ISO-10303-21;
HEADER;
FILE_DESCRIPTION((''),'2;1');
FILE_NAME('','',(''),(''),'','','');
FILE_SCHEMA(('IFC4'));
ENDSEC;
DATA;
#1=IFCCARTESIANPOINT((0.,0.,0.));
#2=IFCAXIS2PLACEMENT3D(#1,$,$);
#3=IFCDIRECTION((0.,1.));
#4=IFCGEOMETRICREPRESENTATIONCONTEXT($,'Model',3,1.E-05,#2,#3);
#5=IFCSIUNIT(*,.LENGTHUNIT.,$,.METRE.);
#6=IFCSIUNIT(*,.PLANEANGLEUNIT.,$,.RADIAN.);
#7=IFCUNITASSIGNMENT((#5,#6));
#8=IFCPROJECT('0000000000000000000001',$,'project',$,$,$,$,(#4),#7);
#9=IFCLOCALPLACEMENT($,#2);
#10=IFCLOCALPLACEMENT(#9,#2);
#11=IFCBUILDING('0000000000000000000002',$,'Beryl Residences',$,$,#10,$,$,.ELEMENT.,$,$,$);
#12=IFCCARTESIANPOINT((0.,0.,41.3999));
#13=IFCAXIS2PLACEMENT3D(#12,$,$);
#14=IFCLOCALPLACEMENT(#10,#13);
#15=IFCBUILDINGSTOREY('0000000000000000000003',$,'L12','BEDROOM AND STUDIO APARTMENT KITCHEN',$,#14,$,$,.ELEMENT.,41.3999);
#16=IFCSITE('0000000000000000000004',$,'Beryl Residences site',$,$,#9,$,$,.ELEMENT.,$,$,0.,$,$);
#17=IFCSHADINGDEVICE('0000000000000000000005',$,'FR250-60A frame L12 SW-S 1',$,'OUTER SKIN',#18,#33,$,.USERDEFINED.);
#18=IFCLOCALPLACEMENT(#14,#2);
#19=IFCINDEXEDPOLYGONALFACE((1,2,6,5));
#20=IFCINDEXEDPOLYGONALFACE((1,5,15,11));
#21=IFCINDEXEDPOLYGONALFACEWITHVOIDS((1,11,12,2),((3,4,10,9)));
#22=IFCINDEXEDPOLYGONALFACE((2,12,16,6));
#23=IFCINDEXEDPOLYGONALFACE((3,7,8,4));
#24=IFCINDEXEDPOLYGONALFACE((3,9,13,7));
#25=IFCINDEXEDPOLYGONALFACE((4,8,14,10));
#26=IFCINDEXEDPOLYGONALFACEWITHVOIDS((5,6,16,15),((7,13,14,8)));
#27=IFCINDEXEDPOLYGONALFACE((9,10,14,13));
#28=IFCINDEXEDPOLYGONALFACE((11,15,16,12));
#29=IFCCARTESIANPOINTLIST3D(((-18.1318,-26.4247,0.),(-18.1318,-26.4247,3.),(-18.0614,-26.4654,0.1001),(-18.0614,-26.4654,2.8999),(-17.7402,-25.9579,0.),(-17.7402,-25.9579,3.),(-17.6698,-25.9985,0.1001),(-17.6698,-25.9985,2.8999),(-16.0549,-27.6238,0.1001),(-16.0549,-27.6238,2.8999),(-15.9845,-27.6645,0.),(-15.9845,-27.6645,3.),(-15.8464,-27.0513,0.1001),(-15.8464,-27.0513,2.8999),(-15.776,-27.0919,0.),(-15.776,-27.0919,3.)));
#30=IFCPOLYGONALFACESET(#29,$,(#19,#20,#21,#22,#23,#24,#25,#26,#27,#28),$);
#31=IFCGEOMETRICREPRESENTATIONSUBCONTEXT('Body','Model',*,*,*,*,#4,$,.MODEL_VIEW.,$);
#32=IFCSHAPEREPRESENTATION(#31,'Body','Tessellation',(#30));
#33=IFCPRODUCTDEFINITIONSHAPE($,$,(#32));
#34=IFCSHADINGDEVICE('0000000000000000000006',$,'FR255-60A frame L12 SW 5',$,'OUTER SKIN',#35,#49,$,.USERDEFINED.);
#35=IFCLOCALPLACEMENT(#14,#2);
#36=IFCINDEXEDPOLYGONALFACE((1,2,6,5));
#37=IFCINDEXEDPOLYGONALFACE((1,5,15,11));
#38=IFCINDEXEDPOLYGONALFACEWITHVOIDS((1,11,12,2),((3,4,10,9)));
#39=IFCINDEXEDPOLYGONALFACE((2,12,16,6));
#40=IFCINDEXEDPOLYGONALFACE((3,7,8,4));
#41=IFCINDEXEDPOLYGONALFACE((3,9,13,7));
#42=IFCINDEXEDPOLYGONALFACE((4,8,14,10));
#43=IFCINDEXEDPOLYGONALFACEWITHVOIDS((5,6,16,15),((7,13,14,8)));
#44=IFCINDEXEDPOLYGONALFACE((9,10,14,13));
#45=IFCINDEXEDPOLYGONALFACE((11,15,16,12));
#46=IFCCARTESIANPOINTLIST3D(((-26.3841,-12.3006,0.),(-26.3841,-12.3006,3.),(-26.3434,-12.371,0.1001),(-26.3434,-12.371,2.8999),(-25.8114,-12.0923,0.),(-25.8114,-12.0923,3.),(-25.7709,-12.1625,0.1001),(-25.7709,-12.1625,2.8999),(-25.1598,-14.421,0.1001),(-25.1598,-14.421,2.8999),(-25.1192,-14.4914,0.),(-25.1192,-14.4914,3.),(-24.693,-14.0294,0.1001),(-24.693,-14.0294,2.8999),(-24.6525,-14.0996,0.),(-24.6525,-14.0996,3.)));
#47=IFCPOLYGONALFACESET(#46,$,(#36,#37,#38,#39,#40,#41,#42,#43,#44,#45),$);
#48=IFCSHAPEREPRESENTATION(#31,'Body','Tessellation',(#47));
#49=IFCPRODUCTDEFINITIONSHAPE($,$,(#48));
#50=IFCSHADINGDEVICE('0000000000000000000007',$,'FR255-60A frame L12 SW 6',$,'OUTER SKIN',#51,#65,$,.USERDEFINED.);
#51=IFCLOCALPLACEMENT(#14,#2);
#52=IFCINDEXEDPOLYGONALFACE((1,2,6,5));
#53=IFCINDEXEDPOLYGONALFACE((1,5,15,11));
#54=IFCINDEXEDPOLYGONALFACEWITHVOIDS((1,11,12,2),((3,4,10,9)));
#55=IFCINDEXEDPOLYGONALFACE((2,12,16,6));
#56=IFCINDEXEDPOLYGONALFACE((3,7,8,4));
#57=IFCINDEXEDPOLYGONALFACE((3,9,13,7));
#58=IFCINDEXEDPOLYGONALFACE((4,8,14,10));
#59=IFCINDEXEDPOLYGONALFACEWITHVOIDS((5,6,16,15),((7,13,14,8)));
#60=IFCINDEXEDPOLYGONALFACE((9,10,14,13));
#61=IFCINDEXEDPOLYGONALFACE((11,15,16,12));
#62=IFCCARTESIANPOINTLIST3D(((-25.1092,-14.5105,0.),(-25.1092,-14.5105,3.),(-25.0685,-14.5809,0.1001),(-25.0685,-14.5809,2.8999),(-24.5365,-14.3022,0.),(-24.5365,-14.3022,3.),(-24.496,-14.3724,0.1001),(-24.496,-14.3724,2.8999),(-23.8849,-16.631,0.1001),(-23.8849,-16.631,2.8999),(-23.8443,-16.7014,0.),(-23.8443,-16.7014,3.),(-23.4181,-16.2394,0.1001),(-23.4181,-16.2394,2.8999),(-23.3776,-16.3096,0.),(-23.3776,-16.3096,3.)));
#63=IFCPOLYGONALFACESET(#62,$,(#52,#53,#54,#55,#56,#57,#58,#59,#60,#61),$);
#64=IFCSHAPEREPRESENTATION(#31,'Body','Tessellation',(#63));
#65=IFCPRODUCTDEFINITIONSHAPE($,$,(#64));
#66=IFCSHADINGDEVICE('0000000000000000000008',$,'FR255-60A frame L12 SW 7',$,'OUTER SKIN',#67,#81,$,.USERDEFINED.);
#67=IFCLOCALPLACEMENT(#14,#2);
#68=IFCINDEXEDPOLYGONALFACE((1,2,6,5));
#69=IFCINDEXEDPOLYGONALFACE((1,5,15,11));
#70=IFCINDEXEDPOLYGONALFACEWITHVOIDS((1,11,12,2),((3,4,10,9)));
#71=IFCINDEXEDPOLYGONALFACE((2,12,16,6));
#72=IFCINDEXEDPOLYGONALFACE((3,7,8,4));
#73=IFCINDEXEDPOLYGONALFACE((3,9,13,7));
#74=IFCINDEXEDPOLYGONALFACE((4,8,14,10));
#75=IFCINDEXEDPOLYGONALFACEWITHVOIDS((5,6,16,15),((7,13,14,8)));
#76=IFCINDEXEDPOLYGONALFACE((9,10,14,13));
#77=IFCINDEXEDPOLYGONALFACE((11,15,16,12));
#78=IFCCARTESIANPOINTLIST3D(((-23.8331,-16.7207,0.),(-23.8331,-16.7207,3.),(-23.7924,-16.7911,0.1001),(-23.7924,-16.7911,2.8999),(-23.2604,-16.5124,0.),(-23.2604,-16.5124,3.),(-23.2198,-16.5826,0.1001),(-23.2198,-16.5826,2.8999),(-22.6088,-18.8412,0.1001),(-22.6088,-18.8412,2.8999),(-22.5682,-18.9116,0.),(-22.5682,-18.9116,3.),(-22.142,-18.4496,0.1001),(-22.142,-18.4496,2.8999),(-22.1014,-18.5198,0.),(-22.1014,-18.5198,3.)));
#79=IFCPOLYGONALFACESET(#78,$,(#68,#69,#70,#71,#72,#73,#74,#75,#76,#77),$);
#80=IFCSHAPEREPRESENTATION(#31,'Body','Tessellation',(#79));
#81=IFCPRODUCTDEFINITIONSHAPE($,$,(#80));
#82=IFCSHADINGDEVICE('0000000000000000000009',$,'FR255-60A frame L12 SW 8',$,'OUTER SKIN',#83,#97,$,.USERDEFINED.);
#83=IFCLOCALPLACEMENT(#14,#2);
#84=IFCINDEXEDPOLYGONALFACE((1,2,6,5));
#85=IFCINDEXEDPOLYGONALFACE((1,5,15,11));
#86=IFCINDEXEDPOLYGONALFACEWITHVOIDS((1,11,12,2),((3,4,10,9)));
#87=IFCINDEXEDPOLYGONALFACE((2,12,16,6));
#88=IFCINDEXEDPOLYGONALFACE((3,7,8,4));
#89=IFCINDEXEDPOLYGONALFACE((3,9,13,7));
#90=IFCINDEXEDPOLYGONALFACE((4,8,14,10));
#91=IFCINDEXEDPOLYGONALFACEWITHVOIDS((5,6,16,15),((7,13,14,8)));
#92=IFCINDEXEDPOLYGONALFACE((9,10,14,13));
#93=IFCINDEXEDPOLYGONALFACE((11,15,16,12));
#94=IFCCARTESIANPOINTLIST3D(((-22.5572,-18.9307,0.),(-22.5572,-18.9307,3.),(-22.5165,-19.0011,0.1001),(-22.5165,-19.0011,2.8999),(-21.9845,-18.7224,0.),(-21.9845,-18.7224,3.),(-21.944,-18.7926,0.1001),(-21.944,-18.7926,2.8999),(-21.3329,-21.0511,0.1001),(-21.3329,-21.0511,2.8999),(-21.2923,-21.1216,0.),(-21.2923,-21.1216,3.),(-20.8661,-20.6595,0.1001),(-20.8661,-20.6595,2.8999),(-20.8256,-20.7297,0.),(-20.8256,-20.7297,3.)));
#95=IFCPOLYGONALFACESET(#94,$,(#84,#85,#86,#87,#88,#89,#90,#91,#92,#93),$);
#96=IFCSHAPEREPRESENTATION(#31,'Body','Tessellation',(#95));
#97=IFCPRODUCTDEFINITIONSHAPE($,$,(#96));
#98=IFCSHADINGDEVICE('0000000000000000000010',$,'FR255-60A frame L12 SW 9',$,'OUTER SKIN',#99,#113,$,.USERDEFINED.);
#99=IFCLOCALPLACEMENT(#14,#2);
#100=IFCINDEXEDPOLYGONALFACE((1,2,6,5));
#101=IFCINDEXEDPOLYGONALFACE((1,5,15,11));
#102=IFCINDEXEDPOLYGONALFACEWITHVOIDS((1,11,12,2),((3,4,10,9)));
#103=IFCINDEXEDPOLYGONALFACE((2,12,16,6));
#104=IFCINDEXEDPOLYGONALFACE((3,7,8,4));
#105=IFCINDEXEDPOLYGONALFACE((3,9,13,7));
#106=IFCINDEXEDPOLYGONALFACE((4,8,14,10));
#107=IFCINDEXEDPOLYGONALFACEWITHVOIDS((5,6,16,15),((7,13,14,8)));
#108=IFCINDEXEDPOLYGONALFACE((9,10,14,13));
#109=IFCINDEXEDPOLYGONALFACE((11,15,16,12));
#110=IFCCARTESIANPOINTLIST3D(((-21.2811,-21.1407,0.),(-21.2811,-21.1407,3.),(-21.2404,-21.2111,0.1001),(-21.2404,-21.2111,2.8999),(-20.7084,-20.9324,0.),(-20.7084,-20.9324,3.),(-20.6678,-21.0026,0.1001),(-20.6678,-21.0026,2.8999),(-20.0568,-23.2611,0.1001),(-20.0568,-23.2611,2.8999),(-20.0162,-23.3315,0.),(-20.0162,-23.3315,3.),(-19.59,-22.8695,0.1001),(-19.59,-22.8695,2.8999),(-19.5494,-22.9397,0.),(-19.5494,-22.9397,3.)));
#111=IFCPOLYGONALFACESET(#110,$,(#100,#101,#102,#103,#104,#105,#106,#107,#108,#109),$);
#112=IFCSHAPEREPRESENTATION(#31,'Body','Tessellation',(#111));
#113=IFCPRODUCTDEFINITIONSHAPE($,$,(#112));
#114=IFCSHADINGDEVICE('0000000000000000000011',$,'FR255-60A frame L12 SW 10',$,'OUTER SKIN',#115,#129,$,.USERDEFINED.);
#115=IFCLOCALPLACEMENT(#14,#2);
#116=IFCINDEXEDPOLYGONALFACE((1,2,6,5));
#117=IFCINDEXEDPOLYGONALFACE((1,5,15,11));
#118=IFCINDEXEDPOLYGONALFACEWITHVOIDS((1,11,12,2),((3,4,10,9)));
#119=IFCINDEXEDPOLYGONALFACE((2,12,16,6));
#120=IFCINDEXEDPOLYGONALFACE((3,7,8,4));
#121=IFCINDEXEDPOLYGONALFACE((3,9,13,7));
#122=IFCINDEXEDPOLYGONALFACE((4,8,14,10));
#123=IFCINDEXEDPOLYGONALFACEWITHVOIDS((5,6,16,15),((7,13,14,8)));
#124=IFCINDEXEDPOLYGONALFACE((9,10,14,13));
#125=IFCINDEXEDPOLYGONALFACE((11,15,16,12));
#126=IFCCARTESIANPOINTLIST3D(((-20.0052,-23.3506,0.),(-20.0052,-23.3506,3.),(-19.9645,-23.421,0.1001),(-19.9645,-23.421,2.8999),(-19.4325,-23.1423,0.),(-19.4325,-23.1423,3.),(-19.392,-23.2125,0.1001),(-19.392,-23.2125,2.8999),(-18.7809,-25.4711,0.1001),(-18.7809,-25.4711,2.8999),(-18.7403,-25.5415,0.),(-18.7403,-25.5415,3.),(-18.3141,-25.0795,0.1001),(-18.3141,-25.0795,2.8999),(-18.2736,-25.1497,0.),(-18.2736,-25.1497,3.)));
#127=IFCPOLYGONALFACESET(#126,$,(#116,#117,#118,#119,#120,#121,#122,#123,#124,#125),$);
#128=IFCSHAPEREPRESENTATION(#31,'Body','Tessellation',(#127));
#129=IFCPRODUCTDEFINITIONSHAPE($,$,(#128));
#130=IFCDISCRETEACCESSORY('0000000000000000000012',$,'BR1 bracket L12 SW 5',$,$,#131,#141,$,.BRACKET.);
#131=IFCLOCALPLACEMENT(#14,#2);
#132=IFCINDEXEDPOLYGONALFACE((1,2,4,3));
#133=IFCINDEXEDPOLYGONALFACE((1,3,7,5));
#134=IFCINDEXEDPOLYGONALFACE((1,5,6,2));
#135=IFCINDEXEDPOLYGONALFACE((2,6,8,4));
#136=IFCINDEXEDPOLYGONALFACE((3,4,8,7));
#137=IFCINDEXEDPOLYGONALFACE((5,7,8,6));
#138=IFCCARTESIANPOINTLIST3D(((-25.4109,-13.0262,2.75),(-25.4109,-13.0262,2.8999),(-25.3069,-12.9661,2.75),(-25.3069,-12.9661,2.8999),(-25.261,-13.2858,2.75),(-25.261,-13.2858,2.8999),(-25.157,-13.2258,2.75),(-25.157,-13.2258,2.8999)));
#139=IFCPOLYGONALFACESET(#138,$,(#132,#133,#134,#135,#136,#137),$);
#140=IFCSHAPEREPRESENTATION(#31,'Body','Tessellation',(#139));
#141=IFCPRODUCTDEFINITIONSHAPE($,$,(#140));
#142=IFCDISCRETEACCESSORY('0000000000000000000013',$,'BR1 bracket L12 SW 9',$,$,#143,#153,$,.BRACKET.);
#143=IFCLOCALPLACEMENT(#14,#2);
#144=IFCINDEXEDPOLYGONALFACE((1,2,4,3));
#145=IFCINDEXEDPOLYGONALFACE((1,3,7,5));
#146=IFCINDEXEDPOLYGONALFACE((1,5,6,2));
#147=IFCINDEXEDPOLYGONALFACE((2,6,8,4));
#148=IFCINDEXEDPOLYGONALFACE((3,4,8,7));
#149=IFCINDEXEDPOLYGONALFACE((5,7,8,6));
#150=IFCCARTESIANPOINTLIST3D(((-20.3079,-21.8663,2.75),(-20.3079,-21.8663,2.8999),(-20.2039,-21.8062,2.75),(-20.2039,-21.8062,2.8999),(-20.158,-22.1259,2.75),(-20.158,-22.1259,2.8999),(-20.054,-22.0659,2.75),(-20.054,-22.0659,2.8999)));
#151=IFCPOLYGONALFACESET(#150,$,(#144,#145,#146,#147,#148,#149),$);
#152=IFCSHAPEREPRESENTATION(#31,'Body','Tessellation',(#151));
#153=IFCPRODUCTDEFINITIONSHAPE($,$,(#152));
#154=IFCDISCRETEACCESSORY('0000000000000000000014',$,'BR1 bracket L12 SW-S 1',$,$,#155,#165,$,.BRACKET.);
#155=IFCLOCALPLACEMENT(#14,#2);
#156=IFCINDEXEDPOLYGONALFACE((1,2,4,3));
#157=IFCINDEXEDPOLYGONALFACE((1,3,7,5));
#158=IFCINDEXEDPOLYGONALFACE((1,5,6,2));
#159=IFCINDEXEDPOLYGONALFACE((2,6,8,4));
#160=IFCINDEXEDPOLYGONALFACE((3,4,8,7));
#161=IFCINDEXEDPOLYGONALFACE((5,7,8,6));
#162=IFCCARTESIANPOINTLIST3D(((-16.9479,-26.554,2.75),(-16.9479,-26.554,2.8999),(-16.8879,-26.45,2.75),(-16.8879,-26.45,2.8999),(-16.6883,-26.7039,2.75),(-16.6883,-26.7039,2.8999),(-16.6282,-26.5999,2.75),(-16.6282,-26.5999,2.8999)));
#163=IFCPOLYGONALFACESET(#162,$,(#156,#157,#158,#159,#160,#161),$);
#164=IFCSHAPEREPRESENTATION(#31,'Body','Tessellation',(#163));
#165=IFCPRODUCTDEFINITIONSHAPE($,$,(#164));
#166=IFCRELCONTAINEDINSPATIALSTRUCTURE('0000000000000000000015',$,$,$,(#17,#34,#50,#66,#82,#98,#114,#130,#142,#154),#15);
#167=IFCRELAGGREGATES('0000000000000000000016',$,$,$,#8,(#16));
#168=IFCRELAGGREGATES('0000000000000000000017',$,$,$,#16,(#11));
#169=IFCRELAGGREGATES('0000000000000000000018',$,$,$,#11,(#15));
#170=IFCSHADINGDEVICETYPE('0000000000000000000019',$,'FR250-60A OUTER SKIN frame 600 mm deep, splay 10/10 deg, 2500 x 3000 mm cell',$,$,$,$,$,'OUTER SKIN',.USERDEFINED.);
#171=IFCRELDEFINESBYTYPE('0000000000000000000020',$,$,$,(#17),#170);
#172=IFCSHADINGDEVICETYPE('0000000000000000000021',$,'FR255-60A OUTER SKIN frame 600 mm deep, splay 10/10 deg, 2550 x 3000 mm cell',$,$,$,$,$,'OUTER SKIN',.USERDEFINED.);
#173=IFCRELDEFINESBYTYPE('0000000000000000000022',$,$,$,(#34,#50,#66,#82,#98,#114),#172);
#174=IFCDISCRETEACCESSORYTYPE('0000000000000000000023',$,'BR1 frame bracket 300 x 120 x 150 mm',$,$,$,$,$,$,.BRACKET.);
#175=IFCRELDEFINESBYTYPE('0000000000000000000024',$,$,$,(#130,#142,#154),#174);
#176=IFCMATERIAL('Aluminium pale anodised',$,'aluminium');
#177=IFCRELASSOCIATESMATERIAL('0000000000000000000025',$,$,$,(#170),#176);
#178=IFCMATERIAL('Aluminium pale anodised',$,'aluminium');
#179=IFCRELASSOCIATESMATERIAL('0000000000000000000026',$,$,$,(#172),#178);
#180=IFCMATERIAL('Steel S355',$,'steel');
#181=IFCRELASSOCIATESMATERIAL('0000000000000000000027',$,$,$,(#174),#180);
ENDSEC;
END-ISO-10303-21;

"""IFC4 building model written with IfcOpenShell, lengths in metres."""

from ifc_helpers import new_model, entity, si_unit, direction, frame, origin, place, context, subcontext, project, spatial, polyline, outline, extrude, source, transform, mapped, material, type_object, type_shapes, element, save


model = new_model("IFC4")

# Units and contexts
model_context = context("Model", 3, precision=1e-05, world=origin(), true_north=direction((0.0, 1.0)))
body_context = subcontext(model_context, "Body", "Model", "MODEL_VIEW")
ifc_project = project(units=[si_unit("LENGTHUNIT", "METRE"), si_unit("PLANEANGLEUNIT", "RADIAN")], contexts=[model_context])

# Site, building, storey
site_placement = place(None, origin())
site = spatial("IfcSite", under=ifc_project, at=site_placement, Name="Beryl Residences site", CompositionType="ELEMENT", RefElevation=0.0)
building_placement = place(site_placement, origin())
building = spatial("IfcBuilding", under=site, at=building_placement, Name="Beryl Residences", CompositionType="ELEMENT")
storey_placement = place(building_placement, frame((0.0, 0.0, 41.3999)))
storey = spatial("IfcBuildingStorey", under=building, at=storey_placement, Name="L12", Description="BEDROOM AND STUDIO APARTMENT KITCHEN", CompositionType="ELEMENT", Elevation=41.3999)

# Shading devices
ifc_material_1 = material(Name="Aluminium pale anodised", Category="aluminium")
shading_device_type_1 = type_object("IfcShadingDeviceType", Name="FR250-60A OUTER SKIN frame 600 mm deep, splay 10/10 deg, 2500 x 3000 mm cell", ElementType="OUTER SKIN", PredefinedType="USERDEFINED", material=ifc_material_1)
cartesian_point_1 = entity("IfcCartesianPoint", [-1.134, 0.0])
cartesian_point_2 = entity("IfcCartesianPoint", [-1.0527, 0.1001])
cartesian_point_3 = entity("IfcCartesianPoint", [-1.2397, 0.0])
cartesian_point_4 = entity("IfcCartesianPoint", [-1.1584, 0.1001])
shared_shape_1 = source(origin(), body_context, "Body", "SweptSolid", [
    entity("IfcExtrudedAreaSolidTapered", entity("IfcArbitraryProfileDefWithVoids", "AREA", None, entity("IfcPolyline", [cartesian_point_1, entity("IfcCartesianPoint", [1.134, 0.0]), entity("IfcCartesianPoint", [1.134, 3.0]), entity("IfcCartesianPoint", [-1.134, 3.0]), cartesian_point_1]), [entity("IfcPolyline", [cartesian_point_2, entity("IfcCartesianPoint", [1.0527, 0.1001]), entity("IfcCartesianPoint", [1.0527, 2.8999]), entity("IfcCartesianPoint", [-1.0527, 2.8999]), cartesian_point_2])]), entity("IfcAxis2Placement3D", entity("IfcCartesianPoint", [0.0, 0.0, 0.0]), entity("IfcDirection", [0.0, 1.0, 0.0]), entity("IfcDirection", [-1.0, 0.0, 0.0])), entity("IfcDirection", [0.0, 0.0, 1.0]), 0.6001, entity("IfcArbitraryProfileDefWithVoids", "AREA", None, entity("IfcPolyline", [cartesian_point_3, entity("IfcCartesianPoint", [1.2397, 0.0]), entity("IfcCartesianPoint", [1.2397, 3.0]), entity("IfcCartesianPoint", [-1.2397, 3.0]), cartesian_point_3]), [entity("IfcPolyline", [cartesian_point_4, entity("IfcCartesianPoint", [1.1584, 0.1001]), entity("IfcCartesianPoint", [1.1584, 2.8999]), entity("IfcCartesianPoint", [-1.1584, 2.8999]), cartesian_point_4])])),
])
type_shapes(shading_device_type_1, [shared_shape_1])
shading_device_placement = place(storey_placement, frame((-16.7581, -26.5249, 0.0), z_axis=(0.0, 0.0, 1.0), x_axis=(-0.866025, 0.5, 0.0)))
element("IfcShadingDevice", 1, at=shading_device_placement, inside=storey, type_object=shading_device_type_1, Name="FR250-60A frame L12 SW-S 1", ObjectType="OUTER SKIN", PredefinedType="USERDEFINED", context=body_context, shape_type="MappedRepresentation", body=[
    mapped(shared_shape_1, transform((0.0, 0.0, 0.0))),
])
ifc_material_2 = material(Name="Aluminium pale anodised", Category="aluminium")
shading_device_type_2 = type_object("IfcShadingDeviceType", Name="FR255-60A OUTER SKIN frame 600 mm deep, splay 10/10 deg, 2550 x 3000 mm cell", ElementType="OUTER SKIN", PredefinedType="USERDEFINED", material=ifc_material_2)
cartesian_point_5 = entity("IfcCartesianPoint", [-1.1589, 0.0])
cartesian_point_6 = entity("IfcCartesianPoint", [-1.0779, 0.1001])
cartesian_point_7 = entity("IfcCartesianPoint", [-1.2649, 0.0])
cartesian_point_8 = entity("IfcCartesianPoint", [-1.1836, 0.1001])
shared_shape_2 = source(origin(), body_context, "Body", "SweptSolid", [
    entity("IfcExtrudedAreaSolidTapered", entity("IfcArbitraryProfileDefWithVoids", "AREA", None, entity("IfcPolyline", [cartesian_point_5, entity("IfcCartesianPoint", [1.1589, 0.0]), entity("IfcCartesianPoint", [1.1589, 3.0]), entity("IfcCartesianPoint", [-1.1589, 3.0]), cartesian_point_5]), [entity("IfcPolyline", [cartesian_point_6, entity("IfcCartesianPoint", [1.0779, 0.1001]), entity("IfcCartesianPoint", [1.0779, 2.8999]), entity("IfcCartesianPoint", [-1.0779, 2.8999]), cartesian_point_6])]), entity("IfcAxis2Placement3D", entity("IfcCartesianPoint", [0.0, 0.0, 0.0]), entity("IfcDirection", [0.0, 1.0, 0.0]), entity("IfcDirection", [-1.0, 0.0, 0.0])), entity("IfcDirection", [0.0, 0.0, 1.0]), 0.6001, entity("IfcArbitraryProfileDefWithVoids", "AREA", None, entity("IfcPolyline", [cartesian_point_7, entity("IfcCartesianPoint", [1.2649, 0.0]), entity("IfcCartesianPoint", [1.2649, 3.0]), entity("IfcCartesianPoint", [-1.2649, 3.0]), cartesian_point_7]), [entity("IfcPolyline", [cartesian_point_8, entity("IfcCartesianPoint", [1.1836, 0.1001]), entity("IfcCartesianPoint", [1.1836, 2.8999]), entity("IfcCartesianPoint", [-1.1836, 2.8999]), cartesian_point_8])])),
])
type_shapes(shading_device_type_2, [shared_shape_2])
for number, where, z_axis, x_axis, name in (
    (2, (-25.2319, -13.0959, 0.0), (0.0, 0.0, 1.0), (-0.5, 0.866025, 0.0), "FR255-60A frame L12 SW 5"),
    (3, (-23.957, -15.3059, 0.0), (0.0, 0.0, 1.0), (-0.5, 0.866025, 0.0), "FR255-60A frame L12 SW 6"),
    (4, (-22.6809, -17.5161, 0.0), (0.0, 0.0, 1.0), (-0.5, 0.866025, 0.0), "FR255-60A frame L12 SW 7"),
    (5, (-21.405, -19.7261, 0.0), (0.0, 0.0, 1.0), (-0.5, 0.866025, 0.0), "FR255-60A frame L12 SW 8"),
    (6, (-20.1289, -21.936, 0.0), (0.0, 0.0, 1.0), (-0.5, 0.866025, 0.0), "FR255-60A frame L12 SW 9"),
    (7, (-18.853, -24.146, 0.0), (0.0, 0.0, 1.0), (-0.5, 0.866025, 0.0), "FR255-60A frame L12 SW 10"),
):
    element("IfcShadingDevice", number, at=place(storey_placement, frame(where, z_axis=z_axis, x_axis=x_axis)), inside=storey, type_object=shading_device_type_2, Name=name, ObjectType="OUTER SKIN", PredefinedType="USERDEFINED", context=body_context, shape_type="MappedRepresentation", body=[
        mapped(shared_shape_2, transform((0.0, 0.0, 0.0))),
    ])

# Discrete accessories
ifc_material_3 = material(Name="Steel S355", Category="steel")
discrete_accessory_type = type_object("IfcDiscreteAccessoryType", Name="BR1 frame bracket 300 x 120 x 150 mm", PredefinedType="BRACKET", material=ifc_material_3)
shared_shape_3 = source(origin(), body_context, "Body", "SweptSolid", [
    extrude(outline(polyline([(-0.1499, 0.0), (0.1499, 0.0), (0.1499, 0.1201), (-0.1499, 0.1201), (-0.1499, 0.0)])), origin(), (0.0, 0.0, 1.0), 0.1499),
])
type_shapes(discrete_accessory_type, [shared_shape_3])
for number, where, z_axis, x_axis, name in (
    (8, (-25.2319, -13.0959, 2.75), (0.0, 0.0, 1.0), (-0.5, 0.866025, 0.0), "BR1 bracket L12 SW 5"),
    (9, (-20.1289, -21.936, 2.75), (0.0, 0.0, 1.0), (-0.5, 0.866025, 0.0), "BR1 bracket L12 SW 9"),
    (10, (-16.7581, -26.5249, 2.75), (0.0, 0.0, 1.0), (-0.866025, 0.5, 0.0), "BR1 bracket L12 SW-S 1"),
):
    element("IfcDiscreteAccessory", number, at=place(storey_placement, frame(where, z_axis=z_axis, x_axis=x_axis)), inside=storey, type_object=discrete_accessory_type, Name=name, PredefinedType="BRACKET", context=body_context, shape_type="MappedRepresentation", body=[
        mapped(shared_shape_3, transform((0.0, 0.0, 0.0))),
    ])

save(model, "model.ifc")
